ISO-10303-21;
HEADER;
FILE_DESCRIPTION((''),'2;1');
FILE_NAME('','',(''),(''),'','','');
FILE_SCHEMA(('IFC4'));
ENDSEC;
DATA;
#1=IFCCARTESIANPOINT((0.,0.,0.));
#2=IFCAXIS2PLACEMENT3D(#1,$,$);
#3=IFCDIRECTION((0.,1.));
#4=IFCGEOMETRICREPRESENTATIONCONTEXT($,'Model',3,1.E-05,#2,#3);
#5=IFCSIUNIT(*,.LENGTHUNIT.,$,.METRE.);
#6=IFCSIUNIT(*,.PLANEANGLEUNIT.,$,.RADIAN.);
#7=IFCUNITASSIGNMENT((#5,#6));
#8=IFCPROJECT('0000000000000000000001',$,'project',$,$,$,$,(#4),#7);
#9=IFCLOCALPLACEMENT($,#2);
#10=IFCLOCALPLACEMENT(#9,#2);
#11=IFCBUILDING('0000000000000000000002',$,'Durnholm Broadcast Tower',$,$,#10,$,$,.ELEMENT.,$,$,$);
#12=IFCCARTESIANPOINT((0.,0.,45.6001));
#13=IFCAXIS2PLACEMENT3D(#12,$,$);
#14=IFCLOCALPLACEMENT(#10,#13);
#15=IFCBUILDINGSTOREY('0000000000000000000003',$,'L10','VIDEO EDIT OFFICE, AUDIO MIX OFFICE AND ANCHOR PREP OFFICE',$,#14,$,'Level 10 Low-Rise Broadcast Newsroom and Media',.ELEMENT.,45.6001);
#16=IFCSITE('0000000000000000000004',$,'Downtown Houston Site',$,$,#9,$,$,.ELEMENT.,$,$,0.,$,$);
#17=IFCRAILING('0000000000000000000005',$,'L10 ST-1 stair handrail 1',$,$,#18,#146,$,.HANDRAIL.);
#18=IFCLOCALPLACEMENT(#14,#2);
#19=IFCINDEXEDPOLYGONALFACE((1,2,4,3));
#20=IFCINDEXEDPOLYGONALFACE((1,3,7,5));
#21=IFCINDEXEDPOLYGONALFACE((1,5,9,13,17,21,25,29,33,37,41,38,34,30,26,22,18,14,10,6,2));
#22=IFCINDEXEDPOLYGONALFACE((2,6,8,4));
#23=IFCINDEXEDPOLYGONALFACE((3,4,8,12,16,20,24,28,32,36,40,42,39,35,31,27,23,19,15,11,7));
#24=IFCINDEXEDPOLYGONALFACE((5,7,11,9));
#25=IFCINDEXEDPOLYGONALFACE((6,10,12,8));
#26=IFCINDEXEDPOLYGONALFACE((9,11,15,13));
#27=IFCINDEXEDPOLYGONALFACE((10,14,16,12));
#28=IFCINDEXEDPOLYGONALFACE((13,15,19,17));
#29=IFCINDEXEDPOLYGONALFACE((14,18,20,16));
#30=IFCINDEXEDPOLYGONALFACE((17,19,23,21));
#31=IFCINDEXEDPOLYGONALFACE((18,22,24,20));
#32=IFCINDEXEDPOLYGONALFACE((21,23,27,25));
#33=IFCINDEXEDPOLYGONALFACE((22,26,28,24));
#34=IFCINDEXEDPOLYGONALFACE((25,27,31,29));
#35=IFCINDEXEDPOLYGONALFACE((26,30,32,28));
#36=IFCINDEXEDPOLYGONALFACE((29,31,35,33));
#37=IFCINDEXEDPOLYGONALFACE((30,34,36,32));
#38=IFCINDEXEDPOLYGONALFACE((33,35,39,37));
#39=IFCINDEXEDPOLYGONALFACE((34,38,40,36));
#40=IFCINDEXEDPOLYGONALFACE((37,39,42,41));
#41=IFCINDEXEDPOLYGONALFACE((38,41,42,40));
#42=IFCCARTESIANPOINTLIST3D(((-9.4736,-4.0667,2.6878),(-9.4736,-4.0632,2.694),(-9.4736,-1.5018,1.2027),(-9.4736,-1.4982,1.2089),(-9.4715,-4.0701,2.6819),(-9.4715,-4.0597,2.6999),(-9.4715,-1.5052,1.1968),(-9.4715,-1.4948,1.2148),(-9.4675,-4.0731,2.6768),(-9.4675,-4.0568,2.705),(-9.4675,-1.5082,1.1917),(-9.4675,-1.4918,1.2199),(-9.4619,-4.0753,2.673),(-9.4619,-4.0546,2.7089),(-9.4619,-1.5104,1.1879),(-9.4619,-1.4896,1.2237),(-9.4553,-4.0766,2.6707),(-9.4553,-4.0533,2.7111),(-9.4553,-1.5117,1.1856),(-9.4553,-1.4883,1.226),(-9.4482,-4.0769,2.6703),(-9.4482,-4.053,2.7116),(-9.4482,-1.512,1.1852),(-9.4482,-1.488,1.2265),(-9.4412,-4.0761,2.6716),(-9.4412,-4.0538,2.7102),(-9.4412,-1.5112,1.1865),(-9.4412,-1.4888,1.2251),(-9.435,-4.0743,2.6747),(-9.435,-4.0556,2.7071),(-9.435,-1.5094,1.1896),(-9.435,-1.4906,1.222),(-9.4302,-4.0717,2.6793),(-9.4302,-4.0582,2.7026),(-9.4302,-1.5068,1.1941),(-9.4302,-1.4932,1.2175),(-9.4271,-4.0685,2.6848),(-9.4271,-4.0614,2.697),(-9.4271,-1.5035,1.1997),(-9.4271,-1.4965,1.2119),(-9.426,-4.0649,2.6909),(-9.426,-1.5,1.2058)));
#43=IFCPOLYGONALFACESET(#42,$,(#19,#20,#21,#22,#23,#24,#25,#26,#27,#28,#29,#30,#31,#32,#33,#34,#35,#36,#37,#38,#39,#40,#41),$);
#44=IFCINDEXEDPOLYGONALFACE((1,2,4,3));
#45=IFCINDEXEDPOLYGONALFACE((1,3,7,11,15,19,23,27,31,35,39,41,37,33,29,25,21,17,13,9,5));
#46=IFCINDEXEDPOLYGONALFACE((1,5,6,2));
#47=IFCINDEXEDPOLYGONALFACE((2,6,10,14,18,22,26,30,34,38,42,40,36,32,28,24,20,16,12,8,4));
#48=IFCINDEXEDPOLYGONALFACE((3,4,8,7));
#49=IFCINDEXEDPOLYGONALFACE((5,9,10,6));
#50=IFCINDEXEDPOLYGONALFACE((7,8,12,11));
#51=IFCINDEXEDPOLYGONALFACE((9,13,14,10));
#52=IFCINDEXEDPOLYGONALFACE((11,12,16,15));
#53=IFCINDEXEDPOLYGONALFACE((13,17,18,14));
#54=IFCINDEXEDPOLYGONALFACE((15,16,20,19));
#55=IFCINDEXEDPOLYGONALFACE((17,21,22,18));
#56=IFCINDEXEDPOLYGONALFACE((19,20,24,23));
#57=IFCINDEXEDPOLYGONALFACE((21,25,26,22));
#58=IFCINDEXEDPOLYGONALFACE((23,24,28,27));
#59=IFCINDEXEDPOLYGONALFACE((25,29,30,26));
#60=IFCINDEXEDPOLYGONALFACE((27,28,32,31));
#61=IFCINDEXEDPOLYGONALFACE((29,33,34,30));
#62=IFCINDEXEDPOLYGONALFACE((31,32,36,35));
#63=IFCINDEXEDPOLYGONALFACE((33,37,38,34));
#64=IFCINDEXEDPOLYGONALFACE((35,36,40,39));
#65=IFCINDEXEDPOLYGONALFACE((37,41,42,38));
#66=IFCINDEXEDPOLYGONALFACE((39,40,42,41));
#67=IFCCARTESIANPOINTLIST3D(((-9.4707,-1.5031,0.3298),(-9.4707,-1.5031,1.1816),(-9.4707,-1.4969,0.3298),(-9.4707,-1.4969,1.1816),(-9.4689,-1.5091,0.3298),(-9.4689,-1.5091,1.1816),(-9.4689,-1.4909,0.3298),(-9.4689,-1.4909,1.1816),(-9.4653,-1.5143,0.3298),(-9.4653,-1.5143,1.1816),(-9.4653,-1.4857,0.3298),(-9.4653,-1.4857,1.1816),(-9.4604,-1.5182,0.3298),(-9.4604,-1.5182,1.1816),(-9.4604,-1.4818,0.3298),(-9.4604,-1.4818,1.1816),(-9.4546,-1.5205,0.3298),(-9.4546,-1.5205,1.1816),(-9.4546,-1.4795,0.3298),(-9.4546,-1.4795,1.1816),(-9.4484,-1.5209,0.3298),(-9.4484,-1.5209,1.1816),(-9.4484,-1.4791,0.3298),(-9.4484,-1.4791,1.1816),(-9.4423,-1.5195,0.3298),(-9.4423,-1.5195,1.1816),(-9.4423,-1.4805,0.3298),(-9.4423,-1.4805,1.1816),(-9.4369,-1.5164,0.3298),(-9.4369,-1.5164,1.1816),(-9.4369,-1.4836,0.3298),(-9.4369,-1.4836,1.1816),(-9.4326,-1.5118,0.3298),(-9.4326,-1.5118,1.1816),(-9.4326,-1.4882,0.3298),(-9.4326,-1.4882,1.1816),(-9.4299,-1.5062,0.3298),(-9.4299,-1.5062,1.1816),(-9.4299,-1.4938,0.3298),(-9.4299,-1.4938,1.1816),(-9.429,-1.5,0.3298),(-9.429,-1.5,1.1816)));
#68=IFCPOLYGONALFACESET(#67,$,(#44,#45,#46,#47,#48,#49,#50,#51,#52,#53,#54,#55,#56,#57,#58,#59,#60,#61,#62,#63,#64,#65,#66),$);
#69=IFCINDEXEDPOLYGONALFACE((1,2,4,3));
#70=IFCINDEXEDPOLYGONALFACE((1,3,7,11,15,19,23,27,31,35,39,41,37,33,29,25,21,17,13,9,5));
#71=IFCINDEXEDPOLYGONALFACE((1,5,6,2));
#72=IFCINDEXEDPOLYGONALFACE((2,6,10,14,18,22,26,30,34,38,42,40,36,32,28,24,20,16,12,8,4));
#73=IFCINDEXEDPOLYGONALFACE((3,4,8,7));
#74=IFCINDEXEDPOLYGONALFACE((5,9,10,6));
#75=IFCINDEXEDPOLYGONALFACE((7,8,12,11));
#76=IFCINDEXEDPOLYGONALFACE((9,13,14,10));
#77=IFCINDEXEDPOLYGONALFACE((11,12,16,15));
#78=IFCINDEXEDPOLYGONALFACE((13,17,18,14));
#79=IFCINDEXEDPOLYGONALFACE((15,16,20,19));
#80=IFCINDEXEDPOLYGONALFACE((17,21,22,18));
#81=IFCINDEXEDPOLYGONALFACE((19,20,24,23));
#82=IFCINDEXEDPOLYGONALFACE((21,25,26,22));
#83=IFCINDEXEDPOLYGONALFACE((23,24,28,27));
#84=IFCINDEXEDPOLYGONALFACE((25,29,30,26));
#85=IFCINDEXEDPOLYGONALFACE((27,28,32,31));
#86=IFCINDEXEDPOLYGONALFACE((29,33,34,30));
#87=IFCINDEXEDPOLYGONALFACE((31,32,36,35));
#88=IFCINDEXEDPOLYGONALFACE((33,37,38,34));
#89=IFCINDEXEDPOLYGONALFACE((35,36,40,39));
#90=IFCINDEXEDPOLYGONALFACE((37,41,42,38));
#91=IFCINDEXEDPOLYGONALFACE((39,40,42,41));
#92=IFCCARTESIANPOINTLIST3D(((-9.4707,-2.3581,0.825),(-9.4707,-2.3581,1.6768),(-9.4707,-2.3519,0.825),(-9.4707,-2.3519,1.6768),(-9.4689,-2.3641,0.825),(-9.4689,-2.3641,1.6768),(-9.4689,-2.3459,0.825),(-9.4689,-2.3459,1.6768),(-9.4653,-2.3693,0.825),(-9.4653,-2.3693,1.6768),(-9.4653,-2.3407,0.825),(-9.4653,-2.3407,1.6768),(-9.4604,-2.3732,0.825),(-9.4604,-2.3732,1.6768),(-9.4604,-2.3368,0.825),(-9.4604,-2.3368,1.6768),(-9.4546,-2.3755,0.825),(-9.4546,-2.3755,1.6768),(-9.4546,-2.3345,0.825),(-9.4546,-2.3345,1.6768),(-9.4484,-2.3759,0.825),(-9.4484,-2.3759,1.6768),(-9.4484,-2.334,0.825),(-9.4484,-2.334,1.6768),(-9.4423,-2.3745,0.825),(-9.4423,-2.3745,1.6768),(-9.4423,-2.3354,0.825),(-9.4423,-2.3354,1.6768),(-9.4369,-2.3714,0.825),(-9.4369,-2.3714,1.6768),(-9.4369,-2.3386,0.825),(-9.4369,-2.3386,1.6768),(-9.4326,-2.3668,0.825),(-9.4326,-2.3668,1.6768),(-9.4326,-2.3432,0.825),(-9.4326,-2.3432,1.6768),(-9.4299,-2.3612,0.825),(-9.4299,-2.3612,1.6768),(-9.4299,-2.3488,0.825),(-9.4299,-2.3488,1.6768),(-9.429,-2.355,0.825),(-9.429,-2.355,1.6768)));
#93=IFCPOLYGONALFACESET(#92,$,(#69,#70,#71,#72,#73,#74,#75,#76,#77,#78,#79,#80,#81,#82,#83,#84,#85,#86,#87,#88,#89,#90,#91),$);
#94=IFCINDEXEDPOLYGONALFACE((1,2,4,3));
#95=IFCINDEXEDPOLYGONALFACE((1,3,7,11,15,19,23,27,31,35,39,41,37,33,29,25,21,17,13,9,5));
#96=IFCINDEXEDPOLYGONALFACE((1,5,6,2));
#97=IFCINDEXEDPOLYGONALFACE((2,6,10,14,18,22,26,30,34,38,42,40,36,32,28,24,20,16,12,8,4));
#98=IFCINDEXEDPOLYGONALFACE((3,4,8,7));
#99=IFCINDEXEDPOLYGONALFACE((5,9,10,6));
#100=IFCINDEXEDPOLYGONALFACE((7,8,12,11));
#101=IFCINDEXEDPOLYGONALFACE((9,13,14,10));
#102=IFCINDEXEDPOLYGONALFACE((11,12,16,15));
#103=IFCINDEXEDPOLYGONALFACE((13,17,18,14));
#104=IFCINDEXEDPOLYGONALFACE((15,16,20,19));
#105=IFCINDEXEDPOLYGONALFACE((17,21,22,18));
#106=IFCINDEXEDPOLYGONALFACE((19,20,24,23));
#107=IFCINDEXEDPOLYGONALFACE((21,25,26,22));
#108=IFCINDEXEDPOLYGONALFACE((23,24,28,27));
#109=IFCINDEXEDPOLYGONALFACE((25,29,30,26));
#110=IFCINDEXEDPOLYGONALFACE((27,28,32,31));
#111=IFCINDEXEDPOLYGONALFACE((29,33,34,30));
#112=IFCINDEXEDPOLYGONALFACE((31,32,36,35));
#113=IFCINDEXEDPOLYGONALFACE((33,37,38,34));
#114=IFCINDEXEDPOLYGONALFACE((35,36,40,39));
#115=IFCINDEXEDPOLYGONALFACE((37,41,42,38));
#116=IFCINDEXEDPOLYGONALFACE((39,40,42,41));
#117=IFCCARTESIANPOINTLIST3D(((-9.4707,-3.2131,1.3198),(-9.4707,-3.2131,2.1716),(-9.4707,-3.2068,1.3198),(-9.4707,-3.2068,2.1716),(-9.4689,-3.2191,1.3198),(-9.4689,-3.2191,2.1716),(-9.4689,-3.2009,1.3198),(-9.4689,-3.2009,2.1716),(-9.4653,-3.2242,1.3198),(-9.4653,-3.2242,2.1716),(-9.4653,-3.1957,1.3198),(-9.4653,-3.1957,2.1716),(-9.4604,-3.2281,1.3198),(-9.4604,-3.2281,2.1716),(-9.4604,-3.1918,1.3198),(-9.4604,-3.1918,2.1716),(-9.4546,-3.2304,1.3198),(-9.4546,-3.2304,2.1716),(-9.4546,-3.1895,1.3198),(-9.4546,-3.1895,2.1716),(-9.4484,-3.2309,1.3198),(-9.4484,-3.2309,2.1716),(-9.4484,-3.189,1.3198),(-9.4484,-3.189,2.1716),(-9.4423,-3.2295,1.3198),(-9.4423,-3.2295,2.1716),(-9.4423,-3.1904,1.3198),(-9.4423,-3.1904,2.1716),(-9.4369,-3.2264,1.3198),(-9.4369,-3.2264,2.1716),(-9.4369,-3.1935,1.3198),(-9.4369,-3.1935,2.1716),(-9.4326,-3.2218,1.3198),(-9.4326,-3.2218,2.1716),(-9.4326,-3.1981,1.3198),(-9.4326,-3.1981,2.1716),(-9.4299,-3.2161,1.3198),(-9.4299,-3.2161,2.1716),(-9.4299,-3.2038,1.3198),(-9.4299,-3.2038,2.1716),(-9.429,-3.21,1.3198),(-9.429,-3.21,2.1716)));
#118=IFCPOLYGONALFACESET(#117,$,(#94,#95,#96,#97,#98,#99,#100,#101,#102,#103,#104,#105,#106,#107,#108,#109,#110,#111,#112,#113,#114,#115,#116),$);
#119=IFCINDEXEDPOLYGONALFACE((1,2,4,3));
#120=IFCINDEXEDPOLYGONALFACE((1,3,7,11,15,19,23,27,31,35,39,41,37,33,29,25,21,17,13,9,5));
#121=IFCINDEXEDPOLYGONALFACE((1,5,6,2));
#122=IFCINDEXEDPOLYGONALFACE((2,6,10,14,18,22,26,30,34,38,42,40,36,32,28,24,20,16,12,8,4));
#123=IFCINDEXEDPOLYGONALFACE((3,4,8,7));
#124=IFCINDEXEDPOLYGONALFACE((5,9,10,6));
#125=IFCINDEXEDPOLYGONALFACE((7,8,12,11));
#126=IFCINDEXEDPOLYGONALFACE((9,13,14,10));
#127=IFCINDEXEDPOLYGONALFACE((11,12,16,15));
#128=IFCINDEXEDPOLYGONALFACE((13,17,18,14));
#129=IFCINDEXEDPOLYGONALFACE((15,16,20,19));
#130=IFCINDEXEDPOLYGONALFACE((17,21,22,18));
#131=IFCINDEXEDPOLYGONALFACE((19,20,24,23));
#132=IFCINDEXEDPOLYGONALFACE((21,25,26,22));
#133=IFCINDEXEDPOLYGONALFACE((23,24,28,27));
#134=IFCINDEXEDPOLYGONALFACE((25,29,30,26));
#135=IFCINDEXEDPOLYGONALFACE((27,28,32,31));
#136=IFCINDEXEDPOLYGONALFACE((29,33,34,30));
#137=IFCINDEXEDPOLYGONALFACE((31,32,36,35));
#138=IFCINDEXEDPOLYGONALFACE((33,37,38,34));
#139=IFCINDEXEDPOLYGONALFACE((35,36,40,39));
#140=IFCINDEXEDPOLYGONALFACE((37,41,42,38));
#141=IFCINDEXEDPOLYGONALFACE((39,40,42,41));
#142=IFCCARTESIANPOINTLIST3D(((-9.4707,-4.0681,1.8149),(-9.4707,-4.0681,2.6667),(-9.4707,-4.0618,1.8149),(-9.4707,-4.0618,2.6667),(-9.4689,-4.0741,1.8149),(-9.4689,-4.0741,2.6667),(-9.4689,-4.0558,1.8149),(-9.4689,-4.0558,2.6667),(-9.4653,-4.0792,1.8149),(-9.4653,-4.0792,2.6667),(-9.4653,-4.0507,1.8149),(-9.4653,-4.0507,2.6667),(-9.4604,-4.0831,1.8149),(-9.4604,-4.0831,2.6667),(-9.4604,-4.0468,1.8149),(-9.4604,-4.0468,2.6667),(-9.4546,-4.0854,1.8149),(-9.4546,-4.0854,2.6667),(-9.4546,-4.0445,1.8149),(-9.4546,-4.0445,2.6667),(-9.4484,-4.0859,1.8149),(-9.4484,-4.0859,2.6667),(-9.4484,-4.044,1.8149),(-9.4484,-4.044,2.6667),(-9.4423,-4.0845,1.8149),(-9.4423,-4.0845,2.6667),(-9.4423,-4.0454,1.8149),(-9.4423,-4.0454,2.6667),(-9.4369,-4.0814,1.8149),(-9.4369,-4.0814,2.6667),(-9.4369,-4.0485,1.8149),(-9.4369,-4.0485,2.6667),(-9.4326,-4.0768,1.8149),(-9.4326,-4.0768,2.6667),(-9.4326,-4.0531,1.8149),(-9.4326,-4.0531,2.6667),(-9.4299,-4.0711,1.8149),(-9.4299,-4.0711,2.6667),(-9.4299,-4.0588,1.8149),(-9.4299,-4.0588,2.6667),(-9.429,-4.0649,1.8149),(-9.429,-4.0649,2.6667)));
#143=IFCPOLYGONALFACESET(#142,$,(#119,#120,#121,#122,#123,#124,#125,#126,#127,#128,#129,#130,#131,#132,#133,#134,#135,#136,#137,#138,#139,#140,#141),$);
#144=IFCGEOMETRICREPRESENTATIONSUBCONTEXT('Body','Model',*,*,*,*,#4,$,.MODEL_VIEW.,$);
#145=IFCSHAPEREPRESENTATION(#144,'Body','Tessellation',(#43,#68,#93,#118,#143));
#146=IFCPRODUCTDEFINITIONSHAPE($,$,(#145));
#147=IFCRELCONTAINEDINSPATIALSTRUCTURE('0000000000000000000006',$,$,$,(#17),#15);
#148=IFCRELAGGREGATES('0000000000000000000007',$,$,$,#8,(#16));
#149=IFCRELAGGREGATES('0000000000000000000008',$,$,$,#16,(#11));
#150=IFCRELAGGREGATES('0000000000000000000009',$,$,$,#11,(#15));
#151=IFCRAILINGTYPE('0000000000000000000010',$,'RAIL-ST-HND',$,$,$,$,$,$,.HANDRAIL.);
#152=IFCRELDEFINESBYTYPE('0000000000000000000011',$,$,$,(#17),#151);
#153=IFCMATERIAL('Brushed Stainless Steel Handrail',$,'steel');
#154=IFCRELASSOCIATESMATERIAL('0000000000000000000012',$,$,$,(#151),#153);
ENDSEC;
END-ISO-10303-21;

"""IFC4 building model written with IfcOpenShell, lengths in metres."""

from ifc_helpers import new_model, si_unit, direction, frame, origin, origin_2d, place, context, subcontext, project, spatial, circle, extrude, material, type_object, element, save


model = new_model("IFC4")

# Units and contexts
model_context = context("Model", 3, precision=1e-05, world=origin(), true_north=direction((0.0, 1.0)))
body_context = subcontext(model_context, "Body", "Model", "MODEL_VIEW")
ifc_project = project(units=[si_unit("LENGTHUNIT", "METRE"), si_unit("PLANEANGLEUNIT", "RADIAN")], contexts=[model_context])

# Site, building, storey
site_placement = place(None, origin())
site = spatial("IfcSite", under=ifc_project, at=site_placement, Name="Downtown Houston Site", CompositionType="ELEMENT", RefElevation=0.0)
building_placement = place(site_placement, origin())
building = spatial("IfcBuilding", under=site, at=building_placement, Name="Durnholm Broadcast Tower", CompositionType="ELEMENT")
storey_placement = place(building_placement, frame((0.0, 0.0, 45.6001)))
storey = spatial("IfcBuildingStorey", under=building, at=storey_placement, Name="L10", Description="VIDEO EDIT OFFICE, AUDIO MIX OFFICE AND ANCHOR PREP OFFICE", LongName="Level 10 Low-Rise Broadcast Newsroom and Media", CompositionType="ELEMENT", Elevation=45.6001)

# Railing
ifc_material_1 = material(Name="Brushed Stainless Steel Handrail", Category="steel")
railing_type_1 = type_object("IfcRailingType", Name="RAIL-ST-HND", PredefinedType="HANDRAIL", material=ifc_material_1)
railing_1_placement = place(storey_placement, frame((-9.45, -1.5, 0.3298)))
element("IfcRailing", 1, at=railing_1_placement, inside=storey, type_object=railing_type_1, Name="L10 ST-1 stair handrail 1", PredefinedType="HANDRAIL", context=body_context, shape_type="SweptSolid", body=[
    extrude(circle(Radius=0.0239, at=origin_2d()), frame((0.0, 0.0, 0.876), z_axis=(0.0, -0.865406, 0.501072), x_axis=(1.0, 0.0, 0.0)), (0.0, 0.0, 1.0), 2.9639),
    extrude(circle(Radius=0.021, at=origin_2d()), origin(), (0.0, 0.0, 1.0), 0.8518),
    extrude(circle(Radius=0.021, at=origin_2d()), frame((0.0, -0.855, 0.4951)), (0.0, 0.0, 1.0), 0.8518),
    extrude(circle(Radius=0.021, at=origin_2d()), frame((0.0, -1.71, 0.99)), (0.0, 0.0, 1.0), 0.8518),
    extrude(circle(Radius=0.021, at=origin_2d()), frame((0.0, -2.5649, 1.4851)), (0.0, 0.0, 1.0), 0.8518),
])

save(model, "model.ifc")
